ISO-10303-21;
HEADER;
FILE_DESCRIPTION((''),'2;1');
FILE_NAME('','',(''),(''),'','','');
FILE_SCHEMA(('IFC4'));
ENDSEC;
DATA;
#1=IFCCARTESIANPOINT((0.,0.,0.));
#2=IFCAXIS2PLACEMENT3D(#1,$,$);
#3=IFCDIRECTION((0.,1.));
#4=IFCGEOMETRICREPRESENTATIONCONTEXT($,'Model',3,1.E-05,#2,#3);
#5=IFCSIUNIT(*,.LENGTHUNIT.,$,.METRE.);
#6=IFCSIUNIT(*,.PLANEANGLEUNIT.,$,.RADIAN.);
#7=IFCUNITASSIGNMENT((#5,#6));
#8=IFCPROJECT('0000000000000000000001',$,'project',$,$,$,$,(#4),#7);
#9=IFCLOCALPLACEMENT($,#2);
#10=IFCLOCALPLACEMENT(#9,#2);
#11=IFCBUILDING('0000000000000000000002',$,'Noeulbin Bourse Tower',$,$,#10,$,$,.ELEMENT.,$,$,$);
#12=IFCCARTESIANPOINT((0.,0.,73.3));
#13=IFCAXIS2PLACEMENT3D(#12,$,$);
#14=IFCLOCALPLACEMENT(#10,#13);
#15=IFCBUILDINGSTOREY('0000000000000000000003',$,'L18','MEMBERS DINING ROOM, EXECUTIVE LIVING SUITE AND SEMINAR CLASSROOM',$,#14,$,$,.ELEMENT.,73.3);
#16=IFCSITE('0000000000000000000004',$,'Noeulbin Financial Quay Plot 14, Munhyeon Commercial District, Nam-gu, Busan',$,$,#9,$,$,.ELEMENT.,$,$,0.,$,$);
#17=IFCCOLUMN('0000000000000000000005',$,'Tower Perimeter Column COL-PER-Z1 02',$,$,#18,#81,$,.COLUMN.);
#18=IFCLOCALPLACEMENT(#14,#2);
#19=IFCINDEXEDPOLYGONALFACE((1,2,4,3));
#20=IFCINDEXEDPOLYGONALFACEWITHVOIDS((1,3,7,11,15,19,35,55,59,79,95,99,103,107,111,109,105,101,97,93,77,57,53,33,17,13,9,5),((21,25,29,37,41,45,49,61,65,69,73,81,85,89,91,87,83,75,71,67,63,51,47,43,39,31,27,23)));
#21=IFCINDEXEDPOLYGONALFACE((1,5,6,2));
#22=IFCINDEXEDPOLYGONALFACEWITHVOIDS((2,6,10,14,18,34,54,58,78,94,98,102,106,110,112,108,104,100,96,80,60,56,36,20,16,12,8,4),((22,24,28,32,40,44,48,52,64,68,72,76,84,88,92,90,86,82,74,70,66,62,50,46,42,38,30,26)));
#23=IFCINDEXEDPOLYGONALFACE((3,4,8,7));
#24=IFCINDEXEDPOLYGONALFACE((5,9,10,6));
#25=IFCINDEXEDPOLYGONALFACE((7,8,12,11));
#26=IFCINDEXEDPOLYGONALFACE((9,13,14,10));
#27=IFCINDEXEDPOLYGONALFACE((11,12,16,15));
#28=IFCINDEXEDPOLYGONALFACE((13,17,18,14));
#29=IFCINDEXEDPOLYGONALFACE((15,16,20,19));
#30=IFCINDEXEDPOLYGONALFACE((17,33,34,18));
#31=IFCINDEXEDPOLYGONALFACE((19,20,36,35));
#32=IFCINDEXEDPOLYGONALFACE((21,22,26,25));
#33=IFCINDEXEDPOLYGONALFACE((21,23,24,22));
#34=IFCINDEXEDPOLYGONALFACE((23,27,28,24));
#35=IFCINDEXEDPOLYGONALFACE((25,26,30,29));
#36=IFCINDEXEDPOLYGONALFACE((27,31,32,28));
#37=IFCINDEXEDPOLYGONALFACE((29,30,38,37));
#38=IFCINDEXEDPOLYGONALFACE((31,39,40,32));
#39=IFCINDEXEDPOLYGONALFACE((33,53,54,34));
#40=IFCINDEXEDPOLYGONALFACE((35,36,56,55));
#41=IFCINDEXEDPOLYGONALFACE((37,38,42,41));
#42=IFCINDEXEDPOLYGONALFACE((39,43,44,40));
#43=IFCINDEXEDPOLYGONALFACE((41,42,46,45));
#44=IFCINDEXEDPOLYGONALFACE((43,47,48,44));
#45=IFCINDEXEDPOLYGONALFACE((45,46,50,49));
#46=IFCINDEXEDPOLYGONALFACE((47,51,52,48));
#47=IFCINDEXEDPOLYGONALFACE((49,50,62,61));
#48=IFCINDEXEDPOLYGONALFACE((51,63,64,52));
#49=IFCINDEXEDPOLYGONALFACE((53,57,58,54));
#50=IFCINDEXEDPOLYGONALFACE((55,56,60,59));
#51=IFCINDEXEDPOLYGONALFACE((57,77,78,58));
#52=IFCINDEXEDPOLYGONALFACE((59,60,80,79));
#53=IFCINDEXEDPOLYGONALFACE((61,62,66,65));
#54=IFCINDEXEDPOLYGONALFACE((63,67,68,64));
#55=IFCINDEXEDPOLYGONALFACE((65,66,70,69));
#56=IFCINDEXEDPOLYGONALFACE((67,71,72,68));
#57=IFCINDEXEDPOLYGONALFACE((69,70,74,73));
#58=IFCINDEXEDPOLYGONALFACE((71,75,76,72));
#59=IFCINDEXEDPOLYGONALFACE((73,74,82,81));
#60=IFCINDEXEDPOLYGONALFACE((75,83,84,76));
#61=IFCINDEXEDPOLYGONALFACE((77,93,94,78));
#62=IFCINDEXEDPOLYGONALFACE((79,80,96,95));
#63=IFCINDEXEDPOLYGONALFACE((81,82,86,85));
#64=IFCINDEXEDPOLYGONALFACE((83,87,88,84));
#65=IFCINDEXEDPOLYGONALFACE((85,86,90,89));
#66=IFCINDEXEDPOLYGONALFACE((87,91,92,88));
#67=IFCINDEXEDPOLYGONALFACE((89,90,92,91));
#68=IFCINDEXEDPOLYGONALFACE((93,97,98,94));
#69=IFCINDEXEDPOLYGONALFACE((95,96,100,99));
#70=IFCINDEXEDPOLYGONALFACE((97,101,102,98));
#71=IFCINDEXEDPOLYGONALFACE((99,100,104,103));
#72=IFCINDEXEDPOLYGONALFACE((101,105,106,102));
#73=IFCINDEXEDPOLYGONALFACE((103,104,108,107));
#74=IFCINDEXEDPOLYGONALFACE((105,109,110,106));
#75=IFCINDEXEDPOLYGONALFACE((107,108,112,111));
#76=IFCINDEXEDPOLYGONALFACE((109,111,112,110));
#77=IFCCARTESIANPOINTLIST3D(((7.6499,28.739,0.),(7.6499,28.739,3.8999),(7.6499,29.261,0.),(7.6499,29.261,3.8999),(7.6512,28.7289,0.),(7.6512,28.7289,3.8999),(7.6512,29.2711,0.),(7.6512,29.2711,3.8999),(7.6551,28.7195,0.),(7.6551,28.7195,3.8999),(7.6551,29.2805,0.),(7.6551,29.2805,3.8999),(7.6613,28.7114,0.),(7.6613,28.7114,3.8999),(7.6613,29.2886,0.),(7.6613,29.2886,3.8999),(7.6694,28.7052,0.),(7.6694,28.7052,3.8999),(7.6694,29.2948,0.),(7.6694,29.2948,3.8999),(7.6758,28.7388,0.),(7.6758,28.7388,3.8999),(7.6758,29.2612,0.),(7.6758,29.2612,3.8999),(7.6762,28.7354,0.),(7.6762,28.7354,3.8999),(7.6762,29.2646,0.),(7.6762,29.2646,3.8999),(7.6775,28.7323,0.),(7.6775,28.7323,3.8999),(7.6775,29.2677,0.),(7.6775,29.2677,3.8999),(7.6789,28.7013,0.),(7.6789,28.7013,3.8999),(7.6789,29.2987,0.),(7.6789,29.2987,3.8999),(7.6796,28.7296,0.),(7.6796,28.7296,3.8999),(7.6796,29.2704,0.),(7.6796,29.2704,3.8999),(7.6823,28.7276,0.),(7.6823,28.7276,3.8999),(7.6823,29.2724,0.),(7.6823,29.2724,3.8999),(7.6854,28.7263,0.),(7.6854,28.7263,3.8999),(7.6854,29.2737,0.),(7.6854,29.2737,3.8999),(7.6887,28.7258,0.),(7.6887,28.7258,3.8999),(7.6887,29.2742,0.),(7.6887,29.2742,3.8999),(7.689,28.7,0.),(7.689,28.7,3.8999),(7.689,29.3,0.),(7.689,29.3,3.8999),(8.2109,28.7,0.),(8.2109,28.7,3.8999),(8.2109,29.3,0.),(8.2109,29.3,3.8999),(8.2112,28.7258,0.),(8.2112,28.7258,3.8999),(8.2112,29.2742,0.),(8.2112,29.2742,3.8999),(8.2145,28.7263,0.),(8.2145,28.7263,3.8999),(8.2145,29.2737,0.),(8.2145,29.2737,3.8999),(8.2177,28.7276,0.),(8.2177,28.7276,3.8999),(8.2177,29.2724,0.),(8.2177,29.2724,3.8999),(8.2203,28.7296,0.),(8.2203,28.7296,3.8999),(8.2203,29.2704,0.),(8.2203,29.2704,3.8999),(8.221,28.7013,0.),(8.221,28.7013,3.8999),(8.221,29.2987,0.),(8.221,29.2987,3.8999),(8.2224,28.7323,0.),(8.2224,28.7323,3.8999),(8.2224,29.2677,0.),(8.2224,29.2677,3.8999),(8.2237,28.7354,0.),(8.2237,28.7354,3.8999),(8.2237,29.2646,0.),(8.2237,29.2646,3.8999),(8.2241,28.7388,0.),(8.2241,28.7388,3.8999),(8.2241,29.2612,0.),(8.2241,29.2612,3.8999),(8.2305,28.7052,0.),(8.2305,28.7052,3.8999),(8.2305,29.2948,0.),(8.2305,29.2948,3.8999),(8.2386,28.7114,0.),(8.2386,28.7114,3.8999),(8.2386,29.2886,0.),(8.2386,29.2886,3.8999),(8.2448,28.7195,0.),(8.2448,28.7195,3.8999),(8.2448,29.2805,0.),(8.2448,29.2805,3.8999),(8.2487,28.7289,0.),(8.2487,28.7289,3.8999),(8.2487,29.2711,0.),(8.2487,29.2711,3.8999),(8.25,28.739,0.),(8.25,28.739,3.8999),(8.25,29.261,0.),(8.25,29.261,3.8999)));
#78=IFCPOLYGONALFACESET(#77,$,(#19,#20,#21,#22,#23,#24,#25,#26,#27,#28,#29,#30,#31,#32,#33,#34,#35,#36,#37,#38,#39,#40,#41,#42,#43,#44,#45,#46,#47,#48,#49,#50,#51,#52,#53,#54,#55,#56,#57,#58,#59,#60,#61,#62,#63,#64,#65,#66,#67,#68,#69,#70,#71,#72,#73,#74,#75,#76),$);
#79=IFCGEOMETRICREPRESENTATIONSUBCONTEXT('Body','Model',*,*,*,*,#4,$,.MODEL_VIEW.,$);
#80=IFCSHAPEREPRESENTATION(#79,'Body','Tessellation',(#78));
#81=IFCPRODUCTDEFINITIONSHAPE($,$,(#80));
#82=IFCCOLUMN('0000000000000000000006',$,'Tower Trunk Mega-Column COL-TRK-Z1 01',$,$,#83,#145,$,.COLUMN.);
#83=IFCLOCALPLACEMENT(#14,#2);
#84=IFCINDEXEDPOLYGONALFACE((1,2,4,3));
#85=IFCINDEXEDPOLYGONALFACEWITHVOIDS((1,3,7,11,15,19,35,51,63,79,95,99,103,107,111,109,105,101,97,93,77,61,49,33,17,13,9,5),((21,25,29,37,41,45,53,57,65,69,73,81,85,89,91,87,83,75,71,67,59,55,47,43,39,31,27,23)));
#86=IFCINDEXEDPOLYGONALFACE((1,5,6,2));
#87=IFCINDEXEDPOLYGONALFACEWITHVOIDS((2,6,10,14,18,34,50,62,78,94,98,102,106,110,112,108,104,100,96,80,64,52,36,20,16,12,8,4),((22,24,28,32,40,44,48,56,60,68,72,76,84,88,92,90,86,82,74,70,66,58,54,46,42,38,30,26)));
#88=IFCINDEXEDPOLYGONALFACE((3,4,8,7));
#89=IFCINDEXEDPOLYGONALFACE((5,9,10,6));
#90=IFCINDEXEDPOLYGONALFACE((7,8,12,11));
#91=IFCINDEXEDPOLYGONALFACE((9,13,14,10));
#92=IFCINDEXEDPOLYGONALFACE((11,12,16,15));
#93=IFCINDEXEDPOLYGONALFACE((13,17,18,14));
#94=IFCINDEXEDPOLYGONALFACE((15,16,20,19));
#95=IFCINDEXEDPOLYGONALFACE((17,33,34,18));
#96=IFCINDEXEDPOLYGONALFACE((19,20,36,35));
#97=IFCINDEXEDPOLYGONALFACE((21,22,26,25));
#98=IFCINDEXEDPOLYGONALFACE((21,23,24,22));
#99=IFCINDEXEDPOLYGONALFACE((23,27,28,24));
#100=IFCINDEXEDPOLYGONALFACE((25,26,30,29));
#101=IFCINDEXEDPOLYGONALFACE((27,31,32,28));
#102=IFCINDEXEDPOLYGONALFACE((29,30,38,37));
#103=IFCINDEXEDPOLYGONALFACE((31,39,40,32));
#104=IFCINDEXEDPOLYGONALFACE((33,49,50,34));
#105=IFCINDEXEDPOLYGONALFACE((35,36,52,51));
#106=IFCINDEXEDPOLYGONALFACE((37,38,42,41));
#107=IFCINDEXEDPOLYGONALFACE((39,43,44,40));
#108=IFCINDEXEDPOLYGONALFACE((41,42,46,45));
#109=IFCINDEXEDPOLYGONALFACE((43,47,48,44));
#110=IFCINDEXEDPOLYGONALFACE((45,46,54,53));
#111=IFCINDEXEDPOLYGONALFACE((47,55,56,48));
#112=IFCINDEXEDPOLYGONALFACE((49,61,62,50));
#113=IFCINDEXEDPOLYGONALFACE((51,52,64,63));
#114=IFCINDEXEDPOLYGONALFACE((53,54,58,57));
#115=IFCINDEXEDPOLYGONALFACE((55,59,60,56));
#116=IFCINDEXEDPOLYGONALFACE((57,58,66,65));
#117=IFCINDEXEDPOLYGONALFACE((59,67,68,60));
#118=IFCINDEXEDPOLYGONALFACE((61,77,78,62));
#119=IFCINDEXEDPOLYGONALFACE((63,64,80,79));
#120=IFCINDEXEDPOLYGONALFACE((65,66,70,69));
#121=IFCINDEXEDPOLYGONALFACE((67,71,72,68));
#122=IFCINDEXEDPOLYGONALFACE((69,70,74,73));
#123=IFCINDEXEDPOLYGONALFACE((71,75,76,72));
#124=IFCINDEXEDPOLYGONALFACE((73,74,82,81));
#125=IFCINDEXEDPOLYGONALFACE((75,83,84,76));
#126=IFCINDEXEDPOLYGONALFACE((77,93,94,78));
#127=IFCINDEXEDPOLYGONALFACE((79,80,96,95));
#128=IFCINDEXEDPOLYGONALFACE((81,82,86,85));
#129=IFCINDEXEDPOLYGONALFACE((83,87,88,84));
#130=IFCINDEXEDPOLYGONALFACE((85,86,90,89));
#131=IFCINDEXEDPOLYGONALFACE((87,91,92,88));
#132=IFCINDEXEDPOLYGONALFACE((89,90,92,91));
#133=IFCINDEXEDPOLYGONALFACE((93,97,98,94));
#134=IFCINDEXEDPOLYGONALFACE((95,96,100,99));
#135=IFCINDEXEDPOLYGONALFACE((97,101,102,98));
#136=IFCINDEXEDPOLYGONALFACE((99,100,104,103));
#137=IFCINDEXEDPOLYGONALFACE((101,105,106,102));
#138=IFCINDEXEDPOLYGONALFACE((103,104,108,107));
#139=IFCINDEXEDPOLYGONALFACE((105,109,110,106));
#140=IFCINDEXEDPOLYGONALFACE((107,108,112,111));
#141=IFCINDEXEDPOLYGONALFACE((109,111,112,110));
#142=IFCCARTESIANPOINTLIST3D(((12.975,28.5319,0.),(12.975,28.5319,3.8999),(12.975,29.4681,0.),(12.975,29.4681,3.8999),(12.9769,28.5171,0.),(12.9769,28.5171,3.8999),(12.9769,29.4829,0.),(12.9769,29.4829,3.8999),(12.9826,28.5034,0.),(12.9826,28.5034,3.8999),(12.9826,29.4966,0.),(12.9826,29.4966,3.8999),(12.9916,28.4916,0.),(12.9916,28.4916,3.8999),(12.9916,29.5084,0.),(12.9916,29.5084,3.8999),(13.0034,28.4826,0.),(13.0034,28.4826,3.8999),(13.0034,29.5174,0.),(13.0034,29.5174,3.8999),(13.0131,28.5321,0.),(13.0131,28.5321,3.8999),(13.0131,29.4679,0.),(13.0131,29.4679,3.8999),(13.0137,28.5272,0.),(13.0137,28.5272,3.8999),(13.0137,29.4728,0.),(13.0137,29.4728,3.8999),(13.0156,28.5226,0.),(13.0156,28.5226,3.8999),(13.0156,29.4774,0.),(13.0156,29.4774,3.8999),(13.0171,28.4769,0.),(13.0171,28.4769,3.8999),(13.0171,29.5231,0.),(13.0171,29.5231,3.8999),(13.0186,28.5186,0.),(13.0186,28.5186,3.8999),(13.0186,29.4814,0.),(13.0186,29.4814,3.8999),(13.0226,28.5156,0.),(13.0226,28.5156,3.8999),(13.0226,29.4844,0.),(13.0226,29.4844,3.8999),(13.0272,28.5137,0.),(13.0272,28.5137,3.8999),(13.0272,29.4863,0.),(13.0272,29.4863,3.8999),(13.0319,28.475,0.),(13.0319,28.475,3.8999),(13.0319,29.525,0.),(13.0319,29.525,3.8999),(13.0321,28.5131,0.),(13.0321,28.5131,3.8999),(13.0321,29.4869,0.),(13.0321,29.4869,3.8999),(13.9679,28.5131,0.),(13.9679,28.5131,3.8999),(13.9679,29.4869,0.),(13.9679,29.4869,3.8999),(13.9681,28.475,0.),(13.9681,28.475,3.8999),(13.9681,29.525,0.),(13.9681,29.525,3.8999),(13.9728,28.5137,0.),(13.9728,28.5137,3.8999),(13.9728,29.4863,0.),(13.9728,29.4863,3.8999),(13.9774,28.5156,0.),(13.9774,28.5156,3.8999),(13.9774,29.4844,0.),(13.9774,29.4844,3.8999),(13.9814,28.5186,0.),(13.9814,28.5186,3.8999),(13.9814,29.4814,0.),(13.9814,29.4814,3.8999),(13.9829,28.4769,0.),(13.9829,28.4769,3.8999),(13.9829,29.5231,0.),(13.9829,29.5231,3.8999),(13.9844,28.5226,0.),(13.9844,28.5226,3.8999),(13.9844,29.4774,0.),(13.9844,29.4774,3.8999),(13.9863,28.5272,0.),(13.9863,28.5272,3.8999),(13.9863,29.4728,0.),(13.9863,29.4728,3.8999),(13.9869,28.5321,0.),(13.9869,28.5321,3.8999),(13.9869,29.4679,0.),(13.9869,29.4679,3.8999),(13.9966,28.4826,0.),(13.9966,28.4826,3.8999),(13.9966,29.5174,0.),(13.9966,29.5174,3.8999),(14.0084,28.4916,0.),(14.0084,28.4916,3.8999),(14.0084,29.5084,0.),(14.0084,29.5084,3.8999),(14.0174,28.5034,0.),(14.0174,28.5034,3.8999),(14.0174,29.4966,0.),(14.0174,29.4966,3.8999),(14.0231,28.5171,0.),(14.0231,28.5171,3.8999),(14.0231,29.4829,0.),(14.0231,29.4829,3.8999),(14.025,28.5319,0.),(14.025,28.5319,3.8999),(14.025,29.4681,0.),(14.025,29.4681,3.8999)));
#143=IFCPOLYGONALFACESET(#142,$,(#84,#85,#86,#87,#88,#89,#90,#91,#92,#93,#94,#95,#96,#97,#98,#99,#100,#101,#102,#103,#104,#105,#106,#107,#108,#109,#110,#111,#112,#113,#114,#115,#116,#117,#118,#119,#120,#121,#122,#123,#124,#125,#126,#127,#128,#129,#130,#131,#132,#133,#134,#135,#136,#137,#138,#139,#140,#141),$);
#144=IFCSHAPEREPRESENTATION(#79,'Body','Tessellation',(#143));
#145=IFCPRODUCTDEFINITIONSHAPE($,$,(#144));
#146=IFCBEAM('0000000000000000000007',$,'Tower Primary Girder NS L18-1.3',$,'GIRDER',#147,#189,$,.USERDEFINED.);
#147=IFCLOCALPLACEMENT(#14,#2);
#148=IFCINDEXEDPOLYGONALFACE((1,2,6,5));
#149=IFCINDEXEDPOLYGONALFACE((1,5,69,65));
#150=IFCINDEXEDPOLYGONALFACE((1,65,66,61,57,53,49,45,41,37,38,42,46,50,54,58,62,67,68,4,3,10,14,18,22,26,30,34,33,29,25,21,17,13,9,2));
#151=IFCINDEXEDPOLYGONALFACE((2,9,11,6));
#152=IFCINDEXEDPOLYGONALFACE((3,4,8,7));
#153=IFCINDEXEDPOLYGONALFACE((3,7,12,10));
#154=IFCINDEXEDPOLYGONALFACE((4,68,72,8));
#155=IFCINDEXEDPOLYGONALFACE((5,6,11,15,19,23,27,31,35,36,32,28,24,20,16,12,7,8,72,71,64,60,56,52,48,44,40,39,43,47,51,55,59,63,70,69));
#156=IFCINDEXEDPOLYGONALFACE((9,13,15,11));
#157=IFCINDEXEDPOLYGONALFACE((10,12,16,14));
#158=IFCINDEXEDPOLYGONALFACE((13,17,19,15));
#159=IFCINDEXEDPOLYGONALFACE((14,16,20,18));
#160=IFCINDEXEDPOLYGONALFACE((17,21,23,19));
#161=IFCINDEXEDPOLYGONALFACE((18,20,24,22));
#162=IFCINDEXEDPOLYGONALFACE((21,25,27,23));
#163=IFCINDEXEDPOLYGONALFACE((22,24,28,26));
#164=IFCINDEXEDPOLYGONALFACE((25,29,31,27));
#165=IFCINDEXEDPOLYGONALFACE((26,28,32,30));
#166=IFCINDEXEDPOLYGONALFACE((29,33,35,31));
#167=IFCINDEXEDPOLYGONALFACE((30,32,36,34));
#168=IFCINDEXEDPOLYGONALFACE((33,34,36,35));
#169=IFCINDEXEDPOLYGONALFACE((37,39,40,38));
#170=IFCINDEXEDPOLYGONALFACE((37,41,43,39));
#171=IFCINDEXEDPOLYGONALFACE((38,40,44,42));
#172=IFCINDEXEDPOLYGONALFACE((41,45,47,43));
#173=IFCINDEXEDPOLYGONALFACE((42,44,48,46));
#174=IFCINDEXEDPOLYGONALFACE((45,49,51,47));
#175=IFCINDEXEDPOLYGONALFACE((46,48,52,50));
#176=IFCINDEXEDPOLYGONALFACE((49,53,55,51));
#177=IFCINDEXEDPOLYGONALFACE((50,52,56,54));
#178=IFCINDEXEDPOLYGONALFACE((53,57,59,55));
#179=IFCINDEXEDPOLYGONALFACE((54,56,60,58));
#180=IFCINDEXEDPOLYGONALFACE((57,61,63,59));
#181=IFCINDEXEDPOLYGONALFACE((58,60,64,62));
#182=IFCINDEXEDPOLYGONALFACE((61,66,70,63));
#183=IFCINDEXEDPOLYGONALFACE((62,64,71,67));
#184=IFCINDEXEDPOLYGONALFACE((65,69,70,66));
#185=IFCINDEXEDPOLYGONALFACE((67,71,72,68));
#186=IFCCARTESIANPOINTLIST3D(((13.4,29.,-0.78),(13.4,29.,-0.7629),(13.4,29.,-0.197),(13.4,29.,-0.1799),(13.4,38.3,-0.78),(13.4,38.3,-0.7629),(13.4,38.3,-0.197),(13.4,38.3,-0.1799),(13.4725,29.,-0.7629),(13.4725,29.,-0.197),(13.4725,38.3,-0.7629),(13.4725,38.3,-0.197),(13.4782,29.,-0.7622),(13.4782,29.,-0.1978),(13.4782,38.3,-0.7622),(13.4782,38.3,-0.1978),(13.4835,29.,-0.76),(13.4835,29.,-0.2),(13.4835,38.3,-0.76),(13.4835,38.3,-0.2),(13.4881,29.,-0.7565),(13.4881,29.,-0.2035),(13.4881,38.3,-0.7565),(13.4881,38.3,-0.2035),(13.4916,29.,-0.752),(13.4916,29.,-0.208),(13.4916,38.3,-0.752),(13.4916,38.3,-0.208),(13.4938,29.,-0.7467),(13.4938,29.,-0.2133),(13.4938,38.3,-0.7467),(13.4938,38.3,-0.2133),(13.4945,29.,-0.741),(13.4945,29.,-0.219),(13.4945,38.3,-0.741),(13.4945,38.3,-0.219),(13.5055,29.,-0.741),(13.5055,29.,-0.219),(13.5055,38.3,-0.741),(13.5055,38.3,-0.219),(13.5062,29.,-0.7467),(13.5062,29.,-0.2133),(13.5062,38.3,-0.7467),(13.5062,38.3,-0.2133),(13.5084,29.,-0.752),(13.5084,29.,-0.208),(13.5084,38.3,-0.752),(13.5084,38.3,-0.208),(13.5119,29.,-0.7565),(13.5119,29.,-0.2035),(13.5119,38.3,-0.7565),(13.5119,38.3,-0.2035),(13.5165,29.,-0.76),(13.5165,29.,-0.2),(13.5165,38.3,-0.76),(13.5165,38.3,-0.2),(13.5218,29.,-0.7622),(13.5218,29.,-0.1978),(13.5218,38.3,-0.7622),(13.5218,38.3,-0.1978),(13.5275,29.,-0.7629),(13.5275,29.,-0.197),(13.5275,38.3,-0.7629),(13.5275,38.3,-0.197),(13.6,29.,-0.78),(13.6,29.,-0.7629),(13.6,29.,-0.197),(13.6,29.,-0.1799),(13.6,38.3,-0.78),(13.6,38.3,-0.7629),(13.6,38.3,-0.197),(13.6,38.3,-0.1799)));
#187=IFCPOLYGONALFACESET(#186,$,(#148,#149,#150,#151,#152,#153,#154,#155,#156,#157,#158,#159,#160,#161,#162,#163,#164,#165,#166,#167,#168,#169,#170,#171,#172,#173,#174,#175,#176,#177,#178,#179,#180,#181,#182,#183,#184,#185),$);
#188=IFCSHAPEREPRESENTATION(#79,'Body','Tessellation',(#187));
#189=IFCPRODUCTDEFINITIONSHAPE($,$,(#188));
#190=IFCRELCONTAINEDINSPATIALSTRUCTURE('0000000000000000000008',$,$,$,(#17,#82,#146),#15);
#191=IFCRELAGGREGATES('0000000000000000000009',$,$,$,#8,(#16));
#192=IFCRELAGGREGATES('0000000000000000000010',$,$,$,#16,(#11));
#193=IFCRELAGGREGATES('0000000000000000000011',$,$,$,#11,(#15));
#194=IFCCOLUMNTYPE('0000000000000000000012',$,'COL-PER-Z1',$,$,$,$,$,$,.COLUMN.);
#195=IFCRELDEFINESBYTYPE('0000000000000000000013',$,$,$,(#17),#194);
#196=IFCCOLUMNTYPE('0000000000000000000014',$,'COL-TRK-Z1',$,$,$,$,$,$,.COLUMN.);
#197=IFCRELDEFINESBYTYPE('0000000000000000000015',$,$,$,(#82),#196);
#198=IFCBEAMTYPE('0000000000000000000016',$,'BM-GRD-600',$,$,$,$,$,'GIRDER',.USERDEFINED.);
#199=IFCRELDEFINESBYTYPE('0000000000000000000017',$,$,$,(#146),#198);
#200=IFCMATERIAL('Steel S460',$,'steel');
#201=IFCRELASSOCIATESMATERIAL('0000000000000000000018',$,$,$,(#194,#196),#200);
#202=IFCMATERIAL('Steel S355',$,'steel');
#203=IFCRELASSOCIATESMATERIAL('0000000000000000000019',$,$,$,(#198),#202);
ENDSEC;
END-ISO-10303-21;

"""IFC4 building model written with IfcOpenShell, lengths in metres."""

from ifc_helpers import new_model, si_unit, direction, frame, origin, origin_2d, place, context, subcontext, project, spatial, hollow_rectangle, i_section, extrude, material, material_profile, profile_set, type_object, element, save


model = new_model("IFC4")

# Units and contexts
model_context = context("Model", 3, precision=1e-05, world=origin(), true_north=direction((0.0, 1.0)))
body_context = subcontext(model_context, "Body", "Model", "MODEL_VIEW")
ifc_project = project(units=[si_unit("LENGTHUNIT", "METRE"), si_unit("PLANEANGLEUNIT", "RADIAN")], contexts=[model_context])

# Site, building, storey
site_placement = place(None, origin())
site = spatial("IfcSite", under=ifc_project, at=site_placement, Name="Noeulbin Financial Quay Plot 14, Munhyeon Commercial District, Nam-gu, Busan", CompositionType="ELEMENT", RefElevation=0.0)
building_placement = place(site_placement, origin())
building = spatial("IfcBuilding", under=site, at=building_placement, Name="Noeulbin Bourse Tower", CompositionType="ELEMENT")
storey_placement = place(building_placement, frame((0.0, 0.0, 73.3)))
storey = spatial("IfcBuildingStorey", under=building, at=storey_placement, Name="L18", Description="MEMBERS DINING ROOM, EXECUTIVE LIVING SUITE AND SEMINAR CLASSROOM", CompositionType="ELEMENT", Elevation=73.3)

# Columns
ifc_material_1 = material(Name="Steel S460", Category="steel")
ifc_material_profile_1 = material_profile(ifc_material_1, hollow_rectangle(XDim=0.6001, YDim=0.6001, WallThickness=0.0259, InnerFilletRadius=0.0129, OuterFilletRadius=0.0391, at=origin_2d()), Name="BOX-600x600x26", Category="LoadBearing")
ifc_profile_set_1 = profile_set([ifc_material_profile_1], Name="Steel S460")
column_type_1 = type_object("IfcColumnType", Name="COL-PER-Z1", PredefinedType="COLUMN", material=ifc_profile_set_1)
column_1_placement = place(storey_placement, frame((7.95, 29.0, 0.0), z_axis=(0.0, 0.0, 1.0), x_axis=(1.0, 0.0, 0.0)))
element("IfcColumn", 1, at=column_1_placement, inside=storey, type_object=column_type_1, Name="Tower Perimeter Column COL-PER-Z1 02", PredefinedType="COLUMN", context=body_context, shape_type="SweptSolid", body=[
    extrude(hollow_rectangle(XDim=0.6001, YDim=0.6001, WallThickness=0.0259, InnerFilletRadius=0.0129, OuterFilletRadius=0.0391, at=origin_2d()), origin(), (0.0, 0.0, 1.0), 3.8999),
])
ifc_material_profile_2 = material_profile(ifc_material_1, hollow_rectangle(XDim=1.05, YDim=1.05, WallThickness=0.0381, InnerFilletRadius=0.019, OuterFilletRadius=0.0569, at=origin_2d()), Name="BOX-1050x1050x38", Category="LoadBearing")
ifc_profile_set_2 = profile_set([ifc_material_profile_2], Name="Steel S460")
column_type_2 = type_object("IfcColumnType", Name="COL-TRK-Z1", PredefinedType="COLUMN", material=ifc_profile_set_2)
column_2_placement = place(storey_placement, frame((13.5, 29.0, 0.0), z_axis=(0.0, 0.0, 1.0), x_axis=(1.0, 0.0, 0.0)))
element("IfcColumn", 2, at=column_2_placement, inside=storey, type_object=column_type_2, Name="Tower Trunk Mega-Column COL-TRK-Z1 01", PredefinedType="COLUMN", context=body_context, shape_type="SweptSolid", body=[
    extrude(hollow_rectangle(XDim=1.05, YDim=1.05, WallThickness=0.0381, InnerFilletRadius=0.019, OuterFilletRadius=0.0569, at=origin_2d()), origin(), (0.0, 0.0, 1.0), 3.8999),
])

# Beam
ifc_material_2 = material(Name="Steel S355", Category="steel")
ifc_material_profile_3 = material_profile(ifc_material_2, i_section(OverallWidth=0.2, OverallDepth=0.6001, WebThickness=0.011, FlangeThickness=0.0171, FilletRadius=0.022, at=origin_2d()), Name="H-600x200x11x17", Category="LoadBearing")
ifc_profile_set_3 = profile_set([ifc_material_profile_3], Name="Steel S355")
beam_type_1 = type_object("IfcBeamType", Name="BM-GRD-600", ElementType="GIRDER", PredefinedType="USERDEFINED", material=ifc_profile_set_3)
beam_1_placement = place(storey_placement, frame((13.5, 29.0, -0.48), z_axis=(0.0, 1.0, 0.0), x_axis=(-1.0, 0.0, 0.0)))
element("IfcBeam", 3, at=beam_1_placement, inside=storey, type_object=beam_type_1, Name="Tower Primary Girder NS L18-1.3", ObjectType="GIRDER", PredefinedType="USERDEFINED", context=body_context, shape_type="SweptSolid", body=[
    extrude(i_section(OverallWidth=0.2, OverallDepth=0.6001, WebThickness=0.011, FlangeThickness=0.0171, FilletRadius=0.022, at=origin_2d()), origin(), (0.0, 0.0, 1.0), 9.3),
])

save(model, "model.ifc")
